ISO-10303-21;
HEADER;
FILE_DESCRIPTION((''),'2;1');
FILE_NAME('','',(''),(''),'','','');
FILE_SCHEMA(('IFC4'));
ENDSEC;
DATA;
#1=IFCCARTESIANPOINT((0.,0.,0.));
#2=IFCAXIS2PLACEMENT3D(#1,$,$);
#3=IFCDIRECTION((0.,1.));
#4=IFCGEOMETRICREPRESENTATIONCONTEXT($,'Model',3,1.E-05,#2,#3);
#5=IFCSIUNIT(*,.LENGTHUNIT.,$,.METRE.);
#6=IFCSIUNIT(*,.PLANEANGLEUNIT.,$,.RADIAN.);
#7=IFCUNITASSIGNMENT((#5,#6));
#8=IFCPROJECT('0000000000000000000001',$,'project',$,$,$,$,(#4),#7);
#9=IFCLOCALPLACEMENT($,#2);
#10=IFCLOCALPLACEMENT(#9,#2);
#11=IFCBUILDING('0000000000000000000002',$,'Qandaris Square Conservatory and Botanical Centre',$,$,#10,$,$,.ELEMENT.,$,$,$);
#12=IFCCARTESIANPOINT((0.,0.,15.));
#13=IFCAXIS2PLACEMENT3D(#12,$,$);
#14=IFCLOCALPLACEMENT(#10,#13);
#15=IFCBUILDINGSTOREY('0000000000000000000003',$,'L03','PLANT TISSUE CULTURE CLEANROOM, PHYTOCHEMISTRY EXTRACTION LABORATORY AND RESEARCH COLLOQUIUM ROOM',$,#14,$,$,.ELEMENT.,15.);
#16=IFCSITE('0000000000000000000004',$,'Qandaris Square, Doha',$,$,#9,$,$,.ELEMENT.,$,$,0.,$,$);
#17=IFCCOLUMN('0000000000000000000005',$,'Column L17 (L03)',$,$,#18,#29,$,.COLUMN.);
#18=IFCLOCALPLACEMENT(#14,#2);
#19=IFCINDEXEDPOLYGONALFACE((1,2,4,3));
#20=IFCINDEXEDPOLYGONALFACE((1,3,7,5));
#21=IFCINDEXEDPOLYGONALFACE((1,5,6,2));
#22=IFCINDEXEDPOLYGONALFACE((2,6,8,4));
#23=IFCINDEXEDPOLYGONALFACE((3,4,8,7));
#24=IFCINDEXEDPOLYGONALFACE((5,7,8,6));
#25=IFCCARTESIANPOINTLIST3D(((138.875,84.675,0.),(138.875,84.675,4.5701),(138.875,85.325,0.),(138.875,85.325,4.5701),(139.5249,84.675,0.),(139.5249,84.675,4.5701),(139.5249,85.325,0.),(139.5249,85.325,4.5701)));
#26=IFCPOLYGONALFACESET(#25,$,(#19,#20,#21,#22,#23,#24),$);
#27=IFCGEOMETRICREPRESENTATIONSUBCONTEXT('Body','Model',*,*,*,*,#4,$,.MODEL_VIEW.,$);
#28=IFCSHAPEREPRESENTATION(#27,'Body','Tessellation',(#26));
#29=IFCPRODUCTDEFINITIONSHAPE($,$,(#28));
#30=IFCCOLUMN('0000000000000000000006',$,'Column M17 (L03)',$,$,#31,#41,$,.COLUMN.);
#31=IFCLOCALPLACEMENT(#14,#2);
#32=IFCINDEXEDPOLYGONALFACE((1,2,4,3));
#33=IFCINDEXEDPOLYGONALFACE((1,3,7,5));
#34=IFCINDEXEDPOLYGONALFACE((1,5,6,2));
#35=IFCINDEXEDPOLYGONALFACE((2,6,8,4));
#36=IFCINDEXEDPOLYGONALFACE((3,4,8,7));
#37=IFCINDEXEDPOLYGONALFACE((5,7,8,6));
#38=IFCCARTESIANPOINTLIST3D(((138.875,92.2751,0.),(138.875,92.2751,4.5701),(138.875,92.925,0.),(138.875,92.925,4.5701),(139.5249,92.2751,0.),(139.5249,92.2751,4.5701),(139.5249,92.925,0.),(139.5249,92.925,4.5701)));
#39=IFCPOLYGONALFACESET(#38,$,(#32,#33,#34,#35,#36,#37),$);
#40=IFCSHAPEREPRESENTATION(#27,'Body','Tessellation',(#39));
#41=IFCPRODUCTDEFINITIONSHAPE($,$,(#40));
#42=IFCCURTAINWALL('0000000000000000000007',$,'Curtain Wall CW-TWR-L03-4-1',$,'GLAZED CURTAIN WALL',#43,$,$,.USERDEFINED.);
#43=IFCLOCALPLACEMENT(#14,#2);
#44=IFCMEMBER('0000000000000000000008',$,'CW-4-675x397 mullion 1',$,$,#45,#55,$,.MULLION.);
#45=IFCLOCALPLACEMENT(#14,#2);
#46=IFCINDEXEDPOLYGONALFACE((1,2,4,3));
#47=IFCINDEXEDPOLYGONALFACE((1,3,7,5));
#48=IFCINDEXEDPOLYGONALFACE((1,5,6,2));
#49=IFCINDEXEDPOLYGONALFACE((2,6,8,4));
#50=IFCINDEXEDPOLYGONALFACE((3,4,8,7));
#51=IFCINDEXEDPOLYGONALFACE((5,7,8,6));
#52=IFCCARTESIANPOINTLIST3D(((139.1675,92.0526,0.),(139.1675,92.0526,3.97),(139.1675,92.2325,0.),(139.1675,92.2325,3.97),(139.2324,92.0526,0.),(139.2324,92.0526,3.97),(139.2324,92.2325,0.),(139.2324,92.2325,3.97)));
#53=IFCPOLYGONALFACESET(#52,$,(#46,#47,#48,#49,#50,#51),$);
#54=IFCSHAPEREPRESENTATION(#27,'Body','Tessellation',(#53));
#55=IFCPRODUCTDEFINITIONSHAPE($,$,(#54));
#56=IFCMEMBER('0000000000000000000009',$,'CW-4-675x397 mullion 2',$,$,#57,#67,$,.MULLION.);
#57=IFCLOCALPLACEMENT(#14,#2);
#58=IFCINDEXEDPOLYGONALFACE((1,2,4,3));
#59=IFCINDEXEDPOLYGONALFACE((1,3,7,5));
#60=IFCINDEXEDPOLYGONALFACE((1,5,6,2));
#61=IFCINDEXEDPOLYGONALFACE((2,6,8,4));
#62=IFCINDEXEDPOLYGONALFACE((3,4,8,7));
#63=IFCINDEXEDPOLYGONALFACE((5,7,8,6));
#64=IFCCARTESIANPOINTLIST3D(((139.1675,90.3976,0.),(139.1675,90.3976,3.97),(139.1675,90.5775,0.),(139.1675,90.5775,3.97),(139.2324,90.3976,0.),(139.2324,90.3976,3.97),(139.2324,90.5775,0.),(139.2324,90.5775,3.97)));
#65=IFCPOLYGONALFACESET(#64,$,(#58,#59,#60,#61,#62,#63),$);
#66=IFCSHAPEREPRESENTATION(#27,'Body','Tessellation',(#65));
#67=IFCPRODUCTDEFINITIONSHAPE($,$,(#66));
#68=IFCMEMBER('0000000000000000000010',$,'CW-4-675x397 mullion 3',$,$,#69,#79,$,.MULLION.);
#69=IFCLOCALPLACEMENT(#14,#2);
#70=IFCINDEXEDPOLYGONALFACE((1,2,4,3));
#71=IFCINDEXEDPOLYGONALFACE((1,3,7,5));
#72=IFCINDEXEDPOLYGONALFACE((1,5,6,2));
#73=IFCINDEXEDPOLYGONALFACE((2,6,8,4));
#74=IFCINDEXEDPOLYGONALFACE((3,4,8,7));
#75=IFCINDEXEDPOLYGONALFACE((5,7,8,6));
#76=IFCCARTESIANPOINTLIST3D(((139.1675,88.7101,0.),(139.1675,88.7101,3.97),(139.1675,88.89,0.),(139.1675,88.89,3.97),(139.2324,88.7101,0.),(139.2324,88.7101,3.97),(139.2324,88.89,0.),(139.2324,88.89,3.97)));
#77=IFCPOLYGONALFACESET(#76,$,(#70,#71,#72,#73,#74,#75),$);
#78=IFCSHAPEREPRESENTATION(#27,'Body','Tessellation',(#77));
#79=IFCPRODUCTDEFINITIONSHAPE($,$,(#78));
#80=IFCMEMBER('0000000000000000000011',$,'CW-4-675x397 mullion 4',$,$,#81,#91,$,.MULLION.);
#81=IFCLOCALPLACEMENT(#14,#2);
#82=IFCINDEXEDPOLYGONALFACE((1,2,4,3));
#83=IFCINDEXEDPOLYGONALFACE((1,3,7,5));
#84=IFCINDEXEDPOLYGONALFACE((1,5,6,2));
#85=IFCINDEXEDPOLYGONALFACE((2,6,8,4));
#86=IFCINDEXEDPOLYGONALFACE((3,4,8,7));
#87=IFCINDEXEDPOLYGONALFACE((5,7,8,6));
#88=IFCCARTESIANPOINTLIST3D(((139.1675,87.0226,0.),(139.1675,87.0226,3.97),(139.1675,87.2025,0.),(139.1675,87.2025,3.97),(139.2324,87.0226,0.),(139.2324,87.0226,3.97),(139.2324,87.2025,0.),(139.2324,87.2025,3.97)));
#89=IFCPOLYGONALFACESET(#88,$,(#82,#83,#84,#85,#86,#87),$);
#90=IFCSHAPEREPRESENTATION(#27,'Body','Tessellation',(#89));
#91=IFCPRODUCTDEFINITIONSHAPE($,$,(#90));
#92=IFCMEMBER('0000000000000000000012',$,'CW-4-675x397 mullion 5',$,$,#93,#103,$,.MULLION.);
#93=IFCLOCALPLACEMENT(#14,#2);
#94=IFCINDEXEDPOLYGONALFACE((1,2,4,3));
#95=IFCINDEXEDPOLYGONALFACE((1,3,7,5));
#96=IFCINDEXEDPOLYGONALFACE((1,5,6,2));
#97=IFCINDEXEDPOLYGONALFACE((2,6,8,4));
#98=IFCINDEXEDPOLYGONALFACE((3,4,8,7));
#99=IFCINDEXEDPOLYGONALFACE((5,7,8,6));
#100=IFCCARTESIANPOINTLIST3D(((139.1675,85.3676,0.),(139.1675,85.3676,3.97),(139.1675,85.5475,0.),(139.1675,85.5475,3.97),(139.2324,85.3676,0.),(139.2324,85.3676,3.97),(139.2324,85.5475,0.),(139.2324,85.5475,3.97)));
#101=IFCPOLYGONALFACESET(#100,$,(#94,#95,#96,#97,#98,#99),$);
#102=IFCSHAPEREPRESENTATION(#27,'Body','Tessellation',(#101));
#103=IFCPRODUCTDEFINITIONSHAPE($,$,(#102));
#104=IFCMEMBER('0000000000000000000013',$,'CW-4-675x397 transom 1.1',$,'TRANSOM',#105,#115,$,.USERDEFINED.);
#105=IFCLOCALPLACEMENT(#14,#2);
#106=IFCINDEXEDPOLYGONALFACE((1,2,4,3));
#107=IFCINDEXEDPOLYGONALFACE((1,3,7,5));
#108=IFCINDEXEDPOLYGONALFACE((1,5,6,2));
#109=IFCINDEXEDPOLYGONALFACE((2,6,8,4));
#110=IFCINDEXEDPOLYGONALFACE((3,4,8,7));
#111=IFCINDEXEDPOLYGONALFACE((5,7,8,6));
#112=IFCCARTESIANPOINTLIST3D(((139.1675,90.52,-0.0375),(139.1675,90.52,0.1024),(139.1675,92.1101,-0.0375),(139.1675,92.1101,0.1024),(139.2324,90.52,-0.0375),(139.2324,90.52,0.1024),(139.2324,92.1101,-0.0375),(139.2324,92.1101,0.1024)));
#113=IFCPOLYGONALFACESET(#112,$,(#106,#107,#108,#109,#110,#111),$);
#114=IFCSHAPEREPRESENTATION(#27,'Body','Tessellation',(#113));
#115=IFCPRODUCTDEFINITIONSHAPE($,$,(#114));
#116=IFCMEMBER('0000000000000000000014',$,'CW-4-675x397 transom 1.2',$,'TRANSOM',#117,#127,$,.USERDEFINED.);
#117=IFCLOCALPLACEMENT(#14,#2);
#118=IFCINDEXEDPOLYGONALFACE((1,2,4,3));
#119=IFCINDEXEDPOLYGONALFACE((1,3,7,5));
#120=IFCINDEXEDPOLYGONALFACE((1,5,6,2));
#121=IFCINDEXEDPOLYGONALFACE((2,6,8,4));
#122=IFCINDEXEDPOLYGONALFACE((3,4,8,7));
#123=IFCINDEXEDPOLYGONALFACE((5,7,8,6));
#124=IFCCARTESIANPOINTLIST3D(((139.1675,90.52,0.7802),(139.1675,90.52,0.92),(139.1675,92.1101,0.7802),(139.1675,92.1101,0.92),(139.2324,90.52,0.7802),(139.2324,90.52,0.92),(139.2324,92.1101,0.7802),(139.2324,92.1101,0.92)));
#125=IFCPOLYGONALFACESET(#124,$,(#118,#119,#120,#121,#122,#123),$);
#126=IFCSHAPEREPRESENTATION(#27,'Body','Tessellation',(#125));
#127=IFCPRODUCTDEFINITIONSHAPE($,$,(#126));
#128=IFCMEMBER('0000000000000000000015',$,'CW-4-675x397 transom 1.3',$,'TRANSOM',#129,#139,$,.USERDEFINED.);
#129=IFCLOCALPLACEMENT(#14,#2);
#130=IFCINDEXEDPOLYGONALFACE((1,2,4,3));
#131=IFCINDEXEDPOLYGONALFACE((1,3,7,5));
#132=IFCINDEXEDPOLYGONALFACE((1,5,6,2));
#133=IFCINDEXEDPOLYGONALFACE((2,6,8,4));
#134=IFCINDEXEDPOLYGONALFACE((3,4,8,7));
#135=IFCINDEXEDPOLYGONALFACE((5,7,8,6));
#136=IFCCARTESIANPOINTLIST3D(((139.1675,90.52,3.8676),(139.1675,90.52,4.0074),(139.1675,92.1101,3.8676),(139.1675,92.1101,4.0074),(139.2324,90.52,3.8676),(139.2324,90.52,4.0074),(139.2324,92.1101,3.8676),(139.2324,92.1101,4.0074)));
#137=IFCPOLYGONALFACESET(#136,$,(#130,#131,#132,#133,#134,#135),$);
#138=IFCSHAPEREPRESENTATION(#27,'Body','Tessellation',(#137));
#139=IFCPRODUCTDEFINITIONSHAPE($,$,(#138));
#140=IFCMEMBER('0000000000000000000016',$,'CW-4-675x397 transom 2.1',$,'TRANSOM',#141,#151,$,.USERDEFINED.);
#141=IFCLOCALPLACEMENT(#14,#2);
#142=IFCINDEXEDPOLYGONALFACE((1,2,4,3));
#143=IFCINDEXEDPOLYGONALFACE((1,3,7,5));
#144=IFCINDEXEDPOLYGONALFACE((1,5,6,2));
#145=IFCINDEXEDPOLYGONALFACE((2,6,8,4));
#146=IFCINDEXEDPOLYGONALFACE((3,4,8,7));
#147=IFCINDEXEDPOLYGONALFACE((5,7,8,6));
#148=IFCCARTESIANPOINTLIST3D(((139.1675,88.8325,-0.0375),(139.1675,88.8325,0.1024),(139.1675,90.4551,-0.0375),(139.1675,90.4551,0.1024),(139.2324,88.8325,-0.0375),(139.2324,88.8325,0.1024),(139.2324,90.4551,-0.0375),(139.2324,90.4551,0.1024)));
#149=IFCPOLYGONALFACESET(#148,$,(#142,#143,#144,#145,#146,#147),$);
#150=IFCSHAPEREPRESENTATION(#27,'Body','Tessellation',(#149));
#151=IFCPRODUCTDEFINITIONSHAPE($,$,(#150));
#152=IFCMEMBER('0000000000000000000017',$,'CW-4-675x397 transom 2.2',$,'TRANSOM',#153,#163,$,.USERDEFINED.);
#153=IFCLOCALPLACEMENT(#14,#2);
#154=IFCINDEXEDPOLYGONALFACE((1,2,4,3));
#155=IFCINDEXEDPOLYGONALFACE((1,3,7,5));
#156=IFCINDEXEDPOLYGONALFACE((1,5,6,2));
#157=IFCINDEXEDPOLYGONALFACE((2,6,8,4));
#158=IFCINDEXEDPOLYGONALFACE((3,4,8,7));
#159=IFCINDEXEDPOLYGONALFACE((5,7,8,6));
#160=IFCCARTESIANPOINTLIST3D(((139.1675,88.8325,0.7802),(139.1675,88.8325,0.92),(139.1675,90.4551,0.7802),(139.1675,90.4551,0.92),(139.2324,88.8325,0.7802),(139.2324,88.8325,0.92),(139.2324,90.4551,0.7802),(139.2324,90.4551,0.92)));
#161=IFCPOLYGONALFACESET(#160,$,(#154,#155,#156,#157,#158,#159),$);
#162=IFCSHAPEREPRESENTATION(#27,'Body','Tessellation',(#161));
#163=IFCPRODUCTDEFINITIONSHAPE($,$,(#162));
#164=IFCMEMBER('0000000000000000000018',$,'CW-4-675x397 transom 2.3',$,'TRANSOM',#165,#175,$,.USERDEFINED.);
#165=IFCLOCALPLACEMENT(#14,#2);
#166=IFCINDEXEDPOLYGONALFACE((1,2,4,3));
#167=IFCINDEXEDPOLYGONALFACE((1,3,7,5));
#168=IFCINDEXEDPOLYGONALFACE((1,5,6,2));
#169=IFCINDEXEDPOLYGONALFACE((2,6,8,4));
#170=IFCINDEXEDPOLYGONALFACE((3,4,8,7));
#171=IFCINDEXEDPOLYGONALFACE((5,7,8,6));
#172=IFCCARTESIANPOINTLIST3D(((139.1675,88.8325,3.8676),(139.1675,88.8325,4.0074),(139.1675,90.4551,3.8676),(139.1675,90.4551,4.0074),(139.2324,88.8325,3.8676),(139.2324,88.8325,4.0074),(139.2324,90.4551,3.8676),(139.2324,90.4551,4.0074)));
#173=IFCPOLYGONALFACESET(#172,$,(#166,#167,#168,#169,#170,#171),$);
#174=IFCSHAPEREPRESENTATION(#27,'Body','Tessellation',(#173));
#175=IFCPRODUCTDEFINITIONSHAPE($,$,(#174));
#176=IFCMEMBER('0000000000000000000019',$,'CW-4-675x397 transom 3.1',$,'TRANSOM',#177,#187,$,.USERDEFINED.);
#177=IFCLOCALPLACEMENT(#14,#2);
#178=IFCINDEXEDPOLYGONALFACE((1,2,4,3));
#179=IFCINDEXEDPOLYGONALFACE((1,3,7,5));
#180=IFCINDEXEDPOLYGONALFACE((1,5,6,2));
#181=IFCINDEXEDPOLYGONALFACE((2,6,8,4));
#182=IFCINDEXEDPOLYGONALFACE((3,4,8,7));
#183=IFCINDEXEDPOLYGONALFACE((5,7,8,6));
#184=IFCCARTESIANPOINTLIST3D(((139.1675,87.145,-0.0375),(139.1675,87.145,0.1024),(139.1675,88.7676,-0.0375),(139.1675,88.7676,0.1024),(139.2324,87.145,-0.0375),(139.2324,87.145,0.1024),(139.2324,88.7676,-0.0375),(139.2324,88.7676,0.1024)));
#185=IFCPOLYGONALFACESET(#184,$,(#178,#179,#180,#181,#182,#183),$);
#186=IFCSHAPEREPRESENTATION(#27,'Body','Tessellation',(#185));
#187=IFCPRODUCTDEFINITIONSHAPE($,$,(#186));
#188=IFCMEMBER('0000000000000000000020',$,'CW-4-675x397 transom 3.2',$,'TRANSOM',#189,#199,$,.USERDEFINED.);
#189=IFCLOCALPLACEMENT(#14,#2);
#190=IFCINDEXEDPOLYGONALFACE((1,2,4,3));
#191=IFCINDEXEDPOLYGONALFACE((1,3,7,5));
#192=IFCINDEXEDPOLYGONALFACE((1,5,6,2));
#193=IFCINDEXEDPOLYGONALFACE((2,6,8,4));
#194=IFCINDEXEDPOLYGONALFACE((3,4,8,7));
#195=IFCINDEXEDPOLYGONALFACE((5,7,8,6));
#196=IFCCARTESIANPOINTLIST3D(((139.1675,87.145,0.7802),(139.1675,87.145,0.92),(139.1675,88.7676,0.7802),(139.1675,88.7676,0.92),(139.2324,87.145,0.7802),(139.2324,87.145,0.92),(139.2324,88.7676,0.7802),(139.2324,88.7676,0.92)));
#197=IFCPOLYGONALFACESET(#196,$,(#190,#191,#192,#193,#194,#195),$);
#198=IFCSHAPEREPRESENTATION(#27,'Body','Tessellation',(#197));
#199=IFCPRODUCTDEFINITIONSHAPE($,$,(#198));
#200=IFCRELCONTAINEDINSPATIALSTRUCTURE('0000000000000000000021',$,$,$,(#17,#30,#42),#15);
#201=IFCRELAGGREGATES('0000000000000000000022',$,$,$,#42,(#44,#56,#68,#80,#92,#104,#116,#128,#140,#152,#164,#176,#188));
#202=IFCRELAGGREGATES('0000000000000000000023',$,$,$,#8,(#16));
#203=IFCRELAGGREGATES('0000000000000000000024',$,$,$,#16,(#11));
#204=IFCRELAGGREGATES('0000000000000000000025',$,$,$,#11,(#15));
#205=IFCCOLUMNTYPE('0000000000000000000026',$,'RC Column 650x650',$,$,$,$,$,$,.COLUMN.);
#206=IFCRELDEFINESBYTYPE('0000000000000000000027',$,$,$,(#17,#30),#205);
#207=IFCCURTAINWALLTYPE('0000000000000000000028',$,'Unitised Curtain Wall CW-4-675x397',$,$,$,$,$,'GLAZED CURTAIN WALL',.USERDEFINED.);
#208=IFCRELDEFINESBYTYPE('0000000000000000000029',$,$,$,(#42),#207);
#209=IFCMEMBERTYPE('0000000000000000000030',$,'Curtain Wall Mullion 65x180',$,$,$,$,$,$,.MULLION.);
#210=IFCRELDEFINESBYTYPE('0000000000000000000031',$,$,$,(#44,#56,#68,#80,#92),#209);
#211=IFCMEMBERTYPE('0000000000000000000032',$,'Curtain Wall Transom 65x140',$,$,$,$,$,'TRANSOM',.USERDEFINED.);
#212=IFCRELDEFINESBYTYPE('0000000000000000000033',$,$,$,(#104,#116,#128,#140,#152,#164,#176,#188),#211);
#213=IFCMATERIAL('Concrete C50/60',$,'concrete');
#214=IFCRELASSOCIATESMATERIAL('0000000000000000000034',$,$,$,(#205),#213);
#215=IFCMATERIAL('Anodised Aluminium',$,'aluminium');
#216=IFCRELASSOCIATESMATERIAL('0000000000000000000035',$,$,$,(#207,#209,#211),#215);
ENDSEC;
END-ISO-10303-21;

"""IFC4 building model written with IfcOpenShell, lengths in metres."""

from ifc_helpers import new_model, si_unit, direction, frame, origin, origin_2d, place, context, subcontext, project, spatial, rectangle, extrude, material, material_profile, profile_set, type_object, element, aggregate, save


model = new_model("IFC4")

# Units and contexts
model_context = context("Model", 3, precision=1e-05, world=origin(), true_north=direction((0.0, 1.0)))
body_context = subcontext(model_context, "Body", "Model", "MODEL_VIEW")
ifc_project = project(units=[si_unit("LENGTHUNIT", "METRE"), si_unit("PLANEANGLEUNIT", "RADIAN")], contexts=[model_context])

# Site, building, storey
site_placement = place(None, origin())
site = spatial("IfcSite", under=ifc_project, at=site_placement, Name="Qandaris Square, Doha", CompositionType="ELEMENT", RefElevation=0.0)
building_placement = place(site_placement, origin())
building = spatial("IfcBuilding", under=site, at=building_placement, Name="Qandaris Square Conservatory and Botanical Centre", CompositionType="ELEMENT")
storey_placement = place(building_placement, frame((0.0, 0.0, 15.0)))
storey = spatial("IfcBuildingStorey", under=building, at=storey_placement, Name="L03", Description="PLANT TISSUE CULTURE CLEANROOM, PHYTOCHEMISTRY EXTRACTION LABORATORY AND RESEARCH COLLOQUIUM ROOM", CompositionType="ELEMENT", Elevation=15.0)

# Columns
ifc_material_1 = material(Name="Concrete C50/60", Category="concrete")
ifc_material_profile_1 = material_profile(ifc_material_1, rectangle(XDim=0.6499, YDim=0.6499, at=origin_2d()), Name="RC-COL 650x650")
ifc_profile_set_1 = profile_set([ifc_material_profile_1], Name="Concrete C50/60")
column_type = type_object("IfcColumnType", Name="RC Column 650x650", PredefinedType="COLUMN", material=ifc_profile_set_1)
for number, where, z_axis, x_axis, name in (
    (1, (139.2, 85.0, 0.0), (0.0, 0.0, 1.0), (1.0, 0.0, 0.0), "Column L17 (L03)"),
    (2, (139.2, 92.6001, 0.0), (0.0, 0.0, 1.0), (1.0, 0.0, 0.0), "Column M17 (L03)"),
):
    element("IfcColumn", number, at=place(storey_placement, frame(where, z_axis=z_axis, x_axis=x_axis)), inside=storey, type_object=column_type, Name=name, PredefinedType="COLUMN", context=body_context, shape_type="SweptSolid", body=[
        extrude(rectangle(XDim=0.6499, YDim=0.6499, at=origin_2d()), origin(), (0.0, 0.0, 1.0), 4.5701),
    ])

# Curtain wall, members
ifc_material_2 = material(Name="Anodised Aluminium", Category="aluminium")
curtain_wall_type = type_object("IfcCurtainWallType", Name="Unitised Curtain Wall CW-4-675x397", ElementType="GLAZED CURTAIN WALL", PredefinedType="USERDEFINED", material=ifc_material_2)
curtain_wall_placement = place(storey_placement, origin())
curtain_wall = element("IfcCurtainWall", 3, at=curtain_wall_placement, inside=storey, type_object=curtain_wall_type, Name="Curtain Wall CW-TWR-L03-4-1", ObjectType="GLAZED CURTAIN WALL", PredefinedType="USERDEFINED")
ifc_material_profile_2 = material_profile(ifc_material_2, rectangle(XDim=0.0649, YDim=0.1799, at=origin_2d()), Name="ALU-MUL 65x180")
ifc_profile_set_2 = profile_set([ifc_material_profile_2], Name="Anodised Aluminium")
member_type_1 = type_object("IfcMemberType", Name="Curtain Wall Mullion 65x180", PredefinedType="MULLION", material=ifc_profile_set_2)
member_1_placement = place(storey_placement, frame((139.2, 92.1426, 0.0), z_axis=(0.0, 0.0, 1.0), x_axis=(1.0, 0.0, 0.0)))
member_1 = element("IfcMember", 4, at=member_1_placement, type_object=member_type_1, Name="CW-4-675x397 mullion 1", PredefinedType="MULLION", context=body_context, shape_type="SweptSolid", body=[
    extrude(rectangle(XDim=0.0649, YDim=0.1799, at=origin_2d()), origin(), (0.0, 0.0, 1.0), 3.97),
])
member_2_placement = place(storey_placement, frame((139.2, 90.4875, 0.0), z_axis=(0.0, 0.0, 1.0), x_axis=(1.0, 0.0, 0.0)))
member_2 = element("IfcMember", 5, at=member_2_placement, type_object=member_type_1, Name="CW-4-675x397 mullion 2", PredefinedType="MULLION", context=body_context, shape_type="SweptSolid", body=[
    extrude(rectangle(XDim=0.0649, YDim=0.1799, at=origin_2d()), origin(), (0.0, 0.0, 1.0), 3.97),
])
member_3_placement = place(storey_placement, frame((139.2, 88.8, 0.0), z_axis=(0.0, 0.0, 1.0), x_axis=(1.0, 0.0, 0.0)))
member_3 = element("IfcMember", 6, at=member_3_placement, type_object=member_type_1, Name="CW-4-675x397 mullion 3", PredefinedType="MULLION", context=body_context, shape_type="SweptSolid", body=[
    extrude(rectangle(XDim=0.0649, YDim=0.1799, at=origin_2d()), origin(), (0.0, 0.0, 1.0), 3.97),
])
member_4_placement = place(storey_placement, frame((139.2, 87.1125, 0.0), z_axis=(0.0, 0.0, 1.0), x_axis=(1.0, 0.0, 0.0)))
member_4 = element("IfcMember", 7, at=member_4_placement, type_object=member_type_1, Name="CW-4-675x397 mullion 4", PredefinedType="MULLION", context=body_context, shape_type="SweptSolid", body=[
    extrude(rectangle(XDim=0.0649, YDim=0.1799, at=origin_2d()), origin(), (0.0, 0.0, 1.0), 3.97),
])
member_5_placement = place(storey_placement, frame((139.2, 85.4575, 0.0), z_axis=(0.0, 0.0, 1.0), x_axis=(1.0, 0.0, 0.0)))
member_5 = element("IfcMember", 8, at=member_5_placement, type_object=member_type_1, Name="CW-4-675x397 mullion 5", PredefinedType="MULLION", context=body_context, shape_type="SweptSolid", body=[
    extrude(rectangle(XDim=0.0649, YDim=0.1799, at=origin_2d()), origin(), (0.0, 0.0, 1.0), 3.97),
])
ifc_material_profile_3 = material_profile(ifc_material_2, rectangle(XDim=0.0649, YDim=0.1399, at=origin_2d()), Name="ALU-TRN 65x140")
ifc_profile_set_3 = profile_set([ifc_material_profile_3], Name="Anodised Aluminium")
member_type_2 = type_object("IfcMemberType", Name="Curtain Wall Transom 65x140", ElementType="TRANSOM", PredefinedType="USERDEFINED", material=ifc_profile_set_3)
member_6_placement = place(storey_placement, frame((139.2, 92.1101, 0.0325), z_axis=(0.0, -1.0, 0.0), x_axis=(1.0, 0.0, 0.0)))
member_6 = element("IfcMember", 9, at=member_6_placement, type_object=member_type_2, Name="CW-4-675x397 transom 1.1", ObjectType="TRANSOM", PredefinedType="USERDEFINED", context=body_context, shape_type="SweptSolid", body=[
    extrude(rectangle(XDim=0.0649, YDim=0.1399, at=origin_2d()), origin(), (0.0, 0.0, 1.0), 1.5901),
])
member_7_placement = place(storey_placement, frame((139.2, 92.1101, 0.8501), z_axis=(0.0, -1.0, 0.0), x_axis=(1.0, 0.0, 0.0)))
member_7 = element("IfcMember", 10, at=member_7_placement, type_object=member_type_2, Name="CW-4-675x397 transom 1.2", ObjectType="TRANSOM", PredefinedType="USERDEFINED", context=body_context, shape_type="SweptSolid", body=[
    extrude(rectangle(XDim=0.0649, YDim=0.1399, at=origin_2d()), origin(), (0.0, 0.0, 1.0), 1.5901),
])
member_8_placement = place(storey_placement, frame((139.2, 92.1101, 3.9375), z_axis=(0.0, -1.0, 0.0), x_axis=(1.0, 0.0, 0.0)))
member_8 = element("IfcMember", 11, at=member_8_placement, type_object=member_type_2, Name="CW-4-675x397 transom 1.3", ObjectType="TRANSOM", PredefinedType="USERDEFINED", context=body_context, shape_type="SweptSolid", body=[
    extrude(rectangle(XDim=0.0649, YDim=0.1399, at=origin_2d()), origin(), (0.0, 0.0, 1.0), 1.5901),
])
member_9_placement = place(storey_placement, frame((139.2, 90.4551, 0.0325), z_axis=(0.0, -1.0, 0.0), x_axis=(1.0, 0.0, 0.0)))
member_9 = element("IfcMember", 12, at=member_9_placement, type_object=member_type_2, Name="CW-4-675x397 transom 2.1", ObjectType="TRANSOM", PredefinedType="USERDEFINED", context=body_context, shape_type="SweptSolid", body=[
    extrude(rectangle(XDim=0.0649, YDim=0.1399, at=origin_2d()), origin(), (0.0, 0.0, 1.0), 1.6226),
])
member_10_placement = place(storey_placement, frame((139.2, 90.4551, 0.8501), z_axis=(0.0, -1.0, 0.0), x_axis=(1.0, 0.0, 0.0)))
member_10 = element("IfcMember", 13, at=member_10_placement, type_object=member_type_2, Name="CW-4-675x397 transom 2.2", ObjectType="TRANSOM", PredefinedType="USERDEFINED", context=body_context, shape_type="SweptSolid", body=[
    extrude(rectangle(XDim=0.0649, YDim=0.1399, at=origin_2d()), origin(), (0.0, 0.0, 1.0), 1.6226),
])
member_11_placement = place(storey_placement, frame((139.2, 90.4551, 3.9375), z_axis=(0.0, -1.0, 0.0), x_axis=(1.0, 0.0, 0.0)))
member_11 = element("IfcMember", 14, at=member_11_placement, type_object=member_type_2, Name="CW-4-675x397 transom 2.3", ObjectType="TRANSOM", PredefinedType="USERDEFINED", context=body_context, shape_type="SweptSolid", body=[
    extrude(rectangle(XDim=0.0649, YDim=0.1399, at=origin_2d()), origin(), (0.0, 0.0, 1.0), 1.6226),
])
member_12_placement = place(storey_placement, frame((139.2, 88.7676, 0.0325), z_axis=(0.0, -1.0, 0.0), x_axis=(1.0, 0.0, 0.0)))
member_12 = element("IfcMember", 15, at=member_12_placement, type_object=member_type_2, Name="CW-4-675x397 transom 3.1", ObjectType="TRANSOM", PredefinedType="USERDEFINED", context=body_context, shape_type="SweptSolid", body=[
    extrude(rectangle(XDim=0.0649, YDim=0.1399, at=origin_2d()), origin(), (0.0, 0.0, 1.0), 1.6226),
])
member_13_placement = place(storey_placement, frame((139.2, 88.7676, 0.8501), z_axis=(0.0, -1.0, 0.0), x_axis=(1.0, 0.0, 0.0)))
member_13 = element("IfcMember", 16, at=member_13_placement, type_object=member_type_2, Name="CW-4-675x397 transom 3.2", ObjectType="TRANSOM", PredefinedType="USERDEFINED", context=body_context, shape_type="SweptSolid", body=[
    extrude(rectangle(XDim=0.0649, YDim=0.1399, at=origin_2d()), origin(), (0.0, 0.0, 1.0), 1.6226),
])

aggregate(curtain_wall, [member_1, member_2, member_3, member_4, member_5, member_6, member_7, member_8, member_9, member_10, member_11, member_12, member_13])

save(model, "model.ifc")
